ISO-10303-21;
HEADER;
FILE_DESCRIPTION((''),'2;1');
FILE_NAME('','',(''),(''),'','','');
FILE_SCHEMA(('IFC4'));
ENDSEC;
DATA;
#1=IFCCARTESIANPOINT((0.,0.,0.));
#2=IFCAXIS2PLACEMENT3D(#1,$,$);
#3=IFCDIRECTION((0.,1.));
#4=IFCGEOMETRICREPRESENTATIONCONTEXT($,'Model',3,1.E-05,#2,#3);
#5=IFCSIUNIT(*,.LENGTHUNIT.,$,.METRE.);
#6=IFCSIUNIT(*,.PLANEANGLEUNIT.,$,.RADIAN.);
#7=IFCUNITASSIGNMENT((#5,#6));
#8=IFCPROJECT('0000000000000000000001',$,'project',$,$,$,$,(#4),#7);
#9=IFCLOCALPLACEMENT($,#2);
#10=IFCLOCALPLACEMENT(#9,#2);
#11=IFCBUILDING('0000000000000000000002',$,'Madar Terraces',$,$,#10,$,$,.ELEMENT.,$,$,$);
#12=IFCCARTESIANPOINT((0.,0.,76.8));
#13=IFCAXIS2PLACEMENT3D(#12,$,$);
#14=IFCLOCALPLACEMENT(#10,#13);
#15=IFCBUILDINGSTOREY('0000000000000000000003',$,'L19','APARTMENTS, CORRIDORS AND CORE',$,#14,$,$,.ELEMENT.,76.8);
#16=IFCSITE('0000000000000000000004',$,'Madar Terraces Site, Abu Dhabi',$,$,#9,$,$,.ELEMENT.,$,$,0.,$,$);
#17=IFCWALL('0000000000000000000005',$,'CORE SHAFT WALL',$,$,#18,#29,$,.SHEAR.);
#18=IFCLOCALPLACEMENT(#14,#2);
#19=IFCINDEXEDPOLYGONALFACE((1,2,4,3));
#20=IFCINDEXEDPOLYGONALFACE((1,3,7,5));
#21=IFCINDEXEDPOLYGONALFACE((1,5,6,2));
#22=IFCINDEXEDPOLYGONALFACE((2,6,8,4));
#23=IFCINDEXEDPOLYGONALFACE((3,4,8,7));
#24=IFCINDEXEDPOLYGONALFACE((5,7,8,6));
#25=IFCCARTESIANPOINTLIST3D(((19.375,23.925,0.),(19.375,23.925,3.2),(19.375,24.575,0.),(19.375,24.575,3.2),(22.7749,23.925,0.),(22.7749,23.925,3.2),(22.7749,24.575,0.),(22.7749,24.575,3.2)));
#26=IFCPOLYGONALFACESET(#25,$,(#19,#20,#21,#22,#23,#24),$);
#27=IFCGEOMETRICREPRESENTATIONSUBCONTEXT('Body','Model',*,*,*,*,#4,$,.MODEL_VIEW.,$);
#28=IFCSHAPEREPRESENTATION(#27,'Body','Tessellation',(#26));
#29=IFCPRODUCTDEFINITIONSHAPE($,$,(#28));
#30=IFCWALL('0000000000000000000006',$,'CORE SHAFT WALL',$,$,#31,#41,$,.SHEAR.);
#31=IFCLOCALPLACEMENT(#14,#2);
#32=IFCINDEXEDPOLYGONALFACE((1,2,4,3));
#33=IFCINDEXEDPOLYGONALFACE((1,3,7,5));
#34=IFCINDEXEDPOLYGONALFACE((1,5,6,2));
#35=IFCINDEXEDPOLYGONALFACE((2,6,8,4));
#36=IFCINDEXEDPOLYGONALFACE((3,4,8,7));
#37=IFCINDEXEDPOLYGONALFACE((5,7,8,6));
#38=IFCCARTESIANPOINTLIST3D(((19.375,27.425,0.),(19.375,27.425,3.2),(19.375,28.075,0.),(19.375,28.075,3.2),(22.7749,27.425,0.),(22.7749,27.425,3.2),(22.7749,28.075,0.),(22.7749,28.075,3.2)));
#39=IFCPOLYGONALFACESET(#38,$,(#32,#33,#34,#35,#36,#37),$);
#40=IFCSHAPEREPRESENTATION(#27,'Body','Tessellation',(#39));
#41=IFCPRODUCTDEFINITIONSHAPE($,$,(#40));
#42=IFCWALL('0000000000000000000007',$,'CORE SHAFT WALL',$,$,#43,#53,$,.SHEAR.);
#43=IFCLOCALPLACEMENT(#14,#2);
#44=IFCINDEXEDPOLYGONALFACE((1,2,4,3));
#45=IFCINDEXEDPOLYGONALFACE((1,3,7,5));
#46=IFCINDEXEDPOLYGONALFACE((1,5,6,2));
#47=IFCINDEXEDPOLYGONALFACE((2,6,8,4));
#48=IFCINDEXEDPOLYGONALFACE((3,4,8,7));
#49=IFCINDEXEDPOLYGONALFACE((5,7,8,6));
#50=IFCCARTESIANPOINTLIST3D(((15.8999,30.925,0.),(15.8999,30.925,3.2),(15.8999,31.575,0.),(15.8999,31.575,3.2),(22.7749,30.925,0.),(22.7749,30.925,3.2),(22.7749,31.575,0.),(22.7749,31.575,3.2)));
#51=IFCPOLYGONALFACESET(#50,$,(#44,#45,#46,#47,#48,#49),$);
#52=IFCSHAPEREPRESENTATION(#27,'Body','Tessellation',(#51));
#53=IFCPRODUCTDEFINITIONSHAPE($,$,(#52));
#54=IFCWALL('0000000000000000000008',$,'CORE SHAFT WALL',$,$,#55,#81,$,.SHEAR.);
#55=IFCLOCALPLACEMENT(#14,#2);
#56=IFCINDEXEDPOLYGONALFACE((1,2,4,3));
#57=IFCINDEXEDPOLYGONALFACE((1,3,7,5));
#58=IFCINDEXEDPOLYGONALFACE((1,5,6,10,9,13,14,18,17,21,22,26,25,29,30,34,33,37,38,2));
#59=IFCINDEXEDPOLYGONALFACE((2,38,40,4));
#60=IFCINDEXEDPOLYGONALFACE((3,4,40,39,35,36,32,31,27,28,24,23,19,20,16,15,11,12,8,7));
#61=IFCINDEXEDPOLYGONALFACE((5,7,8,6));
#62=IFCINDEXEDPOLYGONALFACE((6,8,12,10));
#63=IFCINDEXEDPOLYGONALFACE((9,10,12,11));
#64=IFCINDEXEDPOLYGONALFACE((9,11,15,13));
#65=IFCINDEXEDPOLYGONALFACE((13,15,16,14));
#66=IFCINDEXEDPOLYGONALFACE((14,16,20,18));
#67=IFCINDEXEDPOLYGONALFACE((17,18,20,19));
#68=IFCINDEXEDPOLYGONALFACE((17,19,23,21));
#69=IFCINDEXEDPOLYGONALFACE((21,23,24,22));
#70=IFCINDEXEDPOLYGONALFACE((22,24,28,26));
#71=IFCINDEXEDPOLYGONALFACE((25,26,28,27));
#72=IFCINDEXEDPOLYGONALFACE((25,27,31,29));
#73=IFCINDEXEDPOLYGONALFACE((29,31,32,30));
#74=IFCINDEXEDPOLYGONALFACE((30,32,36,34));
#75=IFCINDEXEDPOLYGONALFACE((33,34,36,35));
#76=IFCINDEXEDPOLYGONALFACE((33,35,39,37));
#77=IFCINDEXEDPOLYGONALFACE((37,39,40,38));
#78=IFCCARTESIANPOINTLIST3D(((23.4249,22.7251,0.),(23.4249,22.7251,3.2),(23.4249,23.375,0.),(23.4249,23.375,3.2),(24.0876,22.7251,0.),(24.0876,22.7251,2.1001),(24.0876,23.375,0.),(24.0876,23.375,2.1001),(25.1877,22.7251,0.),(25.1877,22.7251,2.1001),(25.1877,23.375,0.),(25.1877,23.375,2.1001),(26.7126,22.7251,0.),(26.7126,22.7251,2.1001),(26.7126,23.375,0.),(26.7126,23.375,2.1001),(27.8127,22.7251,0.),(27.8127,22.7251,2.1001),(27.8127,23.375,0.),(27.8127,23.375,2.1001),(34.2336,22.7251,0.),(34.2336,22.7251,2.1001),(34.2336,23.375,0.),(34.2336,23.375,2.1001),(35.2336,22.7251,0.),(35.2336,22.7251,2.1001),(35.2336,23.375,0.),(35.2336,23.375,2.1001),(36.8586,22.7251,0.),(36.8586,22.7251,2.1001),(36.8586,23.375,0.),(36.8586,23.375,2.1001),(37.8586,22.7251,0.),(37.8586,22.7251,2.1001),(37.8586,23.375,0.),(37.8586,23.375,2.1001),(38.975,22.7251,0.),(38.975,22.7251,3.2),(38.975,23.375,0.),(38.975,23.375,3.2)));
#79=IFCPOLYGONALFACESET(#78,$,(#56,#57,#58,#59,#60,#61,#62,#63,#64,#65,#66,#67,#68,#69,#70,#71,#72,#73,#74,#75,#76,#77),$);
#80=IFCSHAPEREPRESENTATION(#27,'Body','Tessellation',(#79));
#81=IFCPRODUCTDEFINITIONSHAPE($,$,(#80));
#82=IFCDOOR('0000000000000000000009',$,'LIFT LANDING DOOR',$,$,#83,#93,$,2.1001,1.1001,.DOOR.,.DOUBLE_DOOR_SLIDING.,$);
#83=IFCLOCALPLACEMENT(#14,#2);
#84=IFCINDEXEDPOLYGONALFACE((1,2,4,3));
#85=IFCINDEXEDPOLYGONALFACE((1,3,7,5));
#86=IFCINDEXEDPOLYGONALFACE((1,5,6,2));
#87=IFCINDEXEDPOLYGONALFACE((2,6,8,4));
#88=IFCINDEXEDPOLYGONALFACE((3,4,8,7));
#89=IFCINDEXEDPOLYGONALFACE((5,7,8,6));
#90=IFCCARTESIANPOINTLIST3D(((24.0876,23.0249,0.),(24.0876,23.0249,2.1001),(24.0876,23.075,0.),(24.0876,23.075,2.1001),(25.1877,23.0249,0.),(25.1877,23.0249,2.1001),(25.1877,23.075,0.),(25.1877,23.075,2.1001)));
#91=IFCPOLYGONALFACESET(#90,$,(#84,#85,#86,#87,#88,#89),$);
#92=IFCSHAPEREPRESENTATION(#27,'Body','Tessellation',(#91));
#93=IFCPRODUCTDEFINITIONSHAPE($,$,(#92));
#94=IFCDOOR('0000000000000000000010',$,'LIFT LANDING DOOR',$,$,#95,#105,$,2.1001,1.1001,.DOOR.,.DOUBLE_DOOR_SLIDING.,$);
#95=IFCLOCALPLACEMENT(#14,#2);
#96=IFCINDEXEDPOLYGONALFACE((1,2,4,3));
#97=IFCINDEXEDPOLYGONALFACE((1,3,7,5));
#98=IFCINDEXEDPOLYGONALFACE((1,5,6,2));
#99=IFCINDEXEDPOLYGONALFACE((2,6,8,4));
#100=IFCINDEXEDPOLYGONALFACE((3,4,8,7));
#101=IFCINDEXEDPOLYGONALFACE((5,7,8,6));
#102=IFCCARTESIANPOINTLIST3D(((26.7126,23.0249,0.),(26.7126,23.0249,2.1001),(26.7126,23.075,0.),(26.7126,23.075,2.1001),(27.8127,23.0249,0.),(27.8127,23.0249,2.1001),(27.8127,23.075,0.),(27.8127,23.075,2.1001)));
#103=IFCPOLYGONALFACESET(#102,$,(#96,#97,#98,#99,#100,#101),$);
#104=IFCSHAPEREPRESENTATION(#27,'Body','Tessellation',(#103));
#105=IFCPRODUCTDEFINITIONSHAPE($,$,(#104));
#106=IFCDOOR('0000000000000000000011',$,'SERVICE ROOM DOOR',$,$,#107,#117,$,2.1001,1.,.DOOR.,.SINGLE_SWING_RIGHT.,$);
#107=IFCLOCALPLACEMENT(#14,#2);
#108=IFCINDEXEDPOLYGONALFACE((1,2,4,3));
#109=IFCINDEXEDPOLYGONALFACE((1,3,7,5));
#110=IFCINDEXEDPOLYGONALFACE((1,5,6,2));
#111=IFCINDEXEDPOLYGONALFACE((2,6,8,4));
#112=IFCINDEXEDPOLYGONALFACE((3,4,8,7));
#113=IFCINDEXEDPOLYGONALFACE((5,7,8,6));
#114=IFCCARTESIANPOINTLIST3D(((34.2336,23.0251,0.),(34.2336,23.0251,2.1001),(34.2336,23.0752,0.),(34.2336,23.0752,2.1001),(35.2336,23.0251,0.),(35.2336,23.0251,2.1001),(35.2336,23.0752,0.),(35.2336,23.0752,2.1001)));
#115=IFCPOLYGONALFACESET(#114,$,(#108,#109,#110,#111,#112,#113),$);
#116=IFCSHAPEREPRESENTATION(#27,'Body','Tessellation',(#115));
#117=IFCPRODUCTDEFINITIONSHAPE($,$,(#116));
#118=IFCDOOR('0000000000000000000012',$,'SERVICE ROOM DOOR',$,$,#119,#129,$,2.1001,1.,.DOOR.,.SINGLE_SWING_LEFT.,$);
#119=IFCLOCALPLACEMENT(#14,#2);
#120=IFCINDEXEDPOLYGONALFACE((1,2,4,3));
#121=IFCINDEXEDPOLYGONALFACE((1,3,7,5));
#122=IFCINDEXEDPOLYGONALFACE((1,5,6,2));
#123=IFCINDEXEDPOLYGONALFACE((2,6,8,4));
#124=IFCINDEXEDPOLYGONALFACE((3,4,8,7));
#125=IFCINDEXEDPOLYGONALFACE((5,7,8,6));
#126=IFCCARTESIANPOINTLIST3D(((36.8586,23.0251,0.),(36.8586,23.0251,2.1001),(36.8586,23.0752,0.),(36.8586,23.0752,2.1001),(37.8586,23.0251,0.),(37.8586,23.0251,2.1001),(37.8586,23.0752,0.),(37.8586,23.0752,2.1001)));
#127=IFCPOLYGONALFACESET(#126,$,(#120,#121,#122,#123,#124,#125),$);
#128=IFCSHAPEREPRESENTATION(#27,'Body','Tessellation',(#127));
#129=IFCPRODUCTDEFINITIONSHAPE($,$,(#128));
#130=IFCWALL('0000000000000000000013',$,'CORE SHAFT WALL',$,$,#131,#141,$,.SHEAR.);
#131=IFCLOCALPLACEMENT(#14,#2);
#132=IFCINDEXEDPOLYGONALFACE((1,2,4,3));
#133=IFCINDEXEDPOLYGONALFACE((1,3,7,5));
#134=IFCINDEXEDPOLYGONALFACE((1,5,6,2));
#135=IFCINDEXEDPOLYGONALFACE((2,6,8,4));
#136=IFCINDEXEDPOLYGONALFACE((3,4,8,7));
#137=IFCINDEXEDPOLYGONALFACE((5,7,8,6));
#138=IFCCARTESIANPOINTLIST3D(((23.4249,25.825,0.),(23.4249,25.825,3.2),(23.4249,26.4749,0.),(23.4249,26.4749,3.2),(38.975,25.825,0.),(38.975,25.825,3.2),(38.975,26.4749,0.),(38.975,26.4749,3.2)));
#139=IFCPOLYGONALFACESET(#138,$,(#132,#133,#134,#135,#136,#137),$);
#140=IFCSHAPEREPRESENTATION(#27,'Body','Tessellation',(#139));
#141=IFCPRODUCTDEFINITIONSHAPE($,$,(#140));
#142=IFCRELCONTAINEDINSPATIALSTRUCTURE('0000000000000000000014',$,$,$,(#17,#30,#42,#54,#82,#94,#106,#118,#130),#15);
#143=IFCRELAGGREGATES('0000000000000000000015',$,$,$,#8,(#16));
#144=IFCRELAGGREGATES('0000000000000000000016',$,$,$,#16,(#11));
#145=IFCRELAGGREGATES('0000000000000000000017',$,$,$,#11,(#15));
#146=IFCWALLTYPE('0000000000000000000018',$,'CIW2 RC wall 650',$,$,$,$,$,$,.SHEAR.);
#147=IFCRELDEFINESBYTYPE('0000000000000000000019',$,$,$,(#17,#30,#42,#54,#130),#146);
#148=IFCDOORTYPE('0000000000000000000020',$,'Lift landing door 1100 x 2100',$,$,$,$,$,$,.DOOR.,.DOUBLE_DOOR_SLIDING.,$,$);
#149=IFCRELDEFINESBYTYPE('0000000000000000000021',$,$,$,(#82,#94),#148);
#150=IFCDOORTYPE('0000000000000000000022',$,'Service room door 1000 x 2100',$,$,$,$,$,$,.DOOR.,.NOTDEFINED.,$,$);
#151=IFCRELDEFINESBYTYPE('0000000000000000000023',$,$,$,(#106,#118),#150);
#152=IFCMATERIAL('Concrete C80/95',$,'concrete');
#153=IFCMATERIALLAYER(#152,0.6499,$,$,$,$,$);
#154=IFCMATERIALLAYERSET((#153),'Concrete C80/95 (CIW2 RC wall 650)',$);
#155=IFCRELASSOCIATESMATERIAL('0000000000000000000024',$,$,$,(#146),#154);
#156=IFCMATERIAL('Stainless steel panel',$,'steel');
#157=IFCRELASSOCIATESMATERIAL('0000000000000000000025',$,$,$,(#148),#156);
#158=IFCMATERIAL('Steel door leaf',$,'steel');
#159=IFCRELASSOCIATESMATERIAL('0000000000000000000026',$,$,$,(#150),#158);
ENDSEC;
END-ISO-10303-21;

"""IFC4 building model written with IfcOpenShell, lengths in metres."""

from ifc_helpers import new_model, si_unit, direction, frame, frame_2d, origin, place, context, subcontext, project, spatial, rectangle, extrude, material, layer, layer_set, type_object, element, fill, save


model = new_model("IFC4")

# Units and contexts
model_context = context("Model", 3, precision=1e-05, world=origin(), true_north=direction((0.0, 1.0)))
body_context = subcontext(model_context, "Body", "Model", "MODEL_VIEW")
ifc_project = project(units=[si_unit("LENGTHUNIT", "METRE"), si_unit("PLANEANGLEUNIT", "RADIAN")], contexts=[model_context])

# Site, building, storey
site_placement = place(None, origin())
site = spatial("IfcSite", under=ifc_project, at=site_placement, Name="Madar Terraces Site, Abu Dhabi", CompositionType="ELEMENT", RefElevation=0.0)
building_placement = place(site_placement, origin())
building = spatial("IfcBuilding", under=site, at=building_placement, Name="Madar Terraces", CompositionType="ELEMENT")
storey_placement = place(building_placement, frame((0.0, 0.0, 76.8)))
storey = spatial("IfcBuildingStorey", under=building, at=storey_placement, Name="L19", Description="APARTMENTS, CORRIDORS AND CORE", CompositionType="ELEMENT", Elevation=76.8)

# Walls
ifc_material_1 = material(Name="Concrete C80/95", Category="concrete")
ifc_layer_1 = layer(ifc_material_1, 0.6499)
ifc_layer_set_1 = layer_set([ifc_layer_1], Name="Concrete C80/95 (CIW2 RC wall 650)")
wall_type_1 = type_object("IfcWallType", Name="CIW2 RC wall 650", PredefinedType="SHEAR", material=ifc_layer_set_1)
for number, where, z_axis, x_axis, name in (
    (1, (19.375, 24.25, 0.0), (0.0, 0.0, 1.0), (1.0, 0.0, 0.0), "CORE SHAFT WALL"),
    (2, (19.375, 27.75, 0.0), (0.0, 0.0, 1.0), (1.0, 0.0, 0.0), "CORE SHAFT WALL"),
):
    element("IfcWall", number, at=place(storey_placement, frame(where, z_axis=z_axis, x_axis=x_axis)), inside=storey, type_object=wall_type_1, Name=name, PredefinedType="SHEAR", context=body_context, shape_type="SweptSolid", body=[
        extrude(rectangle(XDim=3.3999, YDim=0.6499, at=frame_2d((1.7, 0.0))), origin(), (0.0, 0.0, 1.0), 3.2),
    ])
wall_1_placement = place(storey_placement, frame((15.8999, 31.25, 0.0), z_axis=(0.0, 0.0, 1.0), x_axis=(1.0, 0.0, 0.0)))
element("IfcWall", 3, at=wall_1_placement, inside=storey, type_object=wall_type_1, Name="CORE SHAFT WALL", PredefinedType="SHEAR", context=body_context, shape_type="SweptSolid", body=[
    extrude(rectangle(XDim=6.875, YDim=0.6499, at=frame_2d((3.4375, 0.0))), origin(), (0.0, 0.0, 1.0), 3.2),
])

# Wall, openings, doors
wall_2_placement = place(storey_placement, frame((23.425, 23.05, 0.0), z_axis=(0.0, 0.0, 1.0), x_axis=(1.0, 0.0, 0.0)))
wall_2 = element("IfcWall", 4, at=wall_2_placement, inside=storey, type_object=wall_type_1, Name="CORE SHAFT WALL", PredefinedType="SHEAR", context=body_context, shape_type="SweptSolid", body=[
    extrude(rectangle(XDim=15.55, YDim=0.6499, at=frame_2d((7.7749, 0.0))), origin(), (0.0, 0.0, 1.0), 3.2),
])
opening_1_placement = place(wall_2_placement, frame((0.6626, 0.0, 0.0)))
opening_1 = element("IfcOpeningElement", 5, at=opening_1_placement, cuts=wall_2, PredefinedType="OPENING", context=body_context, shape_type="SweptSolid", body=[
    extrude(rectangle(XDim=1.1001, YDim=2.1001, at=frame_2d((0.55, 1.05))), frame((0.0, 0.335, 0.0), z_axis=(0.0, -1.0, 0.0), x_axis=(1.0, 0.0, 0.0)), (0.0, 0.0, 1.0), 0.6699),
])
opening_2_placement = place(wall_2_placement, frame((3.2876, 0.0, 0.0)))
opening_2 = element("IfcOpeningElement", 6, at=opening_2_placement, cuts=wall_2, PredefinedType="OPENING", context=body_context, shape_type="SweptSolid", body=[
    extrude(rectangle(XDim=1.1001, YDim=2.1001, at=frame_2d((0.55, 1.05))), frame((0.0, 0.335, 0.0), z_axis=(0.0, -1.0, 0.0), x_axis=(1.0, 0.0, 0.0)), (0.0, 0.0, 1.0), 0.6699),
])
opening_3_placement = place(wall_2_placement, frame((10.8086, 0.0, 0.0)))
opening_3 = element("IfcOpeningElement", 7, at=opening_3_placement, cuts=wall_2, PredefinedType="OPENING", context=body_context, shape_type="SweptSolid", body=[
    extrude(rectangle(XDim=1.0, YDim=2.1001, at=frame_2d((0.5, 1.05))), frame((0.0, 0.335, 0.0), z_axis=(0.0, -1.0, 0.0), x_axis=(1.0, 0.0, 0.0)), (0.0, 0.0, 1.0), 0.6699),
])
opening_4_placement = place(wall_2_placement, frame((13.4336, 0.0, 0.0)))
opening_4 = element("IfcOpeningElement", 8, at=opening_4_placement, cuts=wall_2, PredefinedType="OPENING", context=body_context, shape_type="SweptSolid", body=[
    extrude(rectangle(XDim=1.0, YDim=2.1001, at=frame_2d((0.5, 1.05))), frame((0.0, 0.335, 0.0), z_axis=(0.0, -1.0, 0.0), x_axis=(1.0, 0.0, 0.0)), (0.0, 0.0, 1.0), 0.6699),
])
ifc_material_2 = material(Name="Stainless steel panel", Category="steel")
door_type_1 = type_object("IfcDoorType", Name="Lift landing door 1100 x 2100", OperationType="DOUBLE_DOOR_SLIDING", PredefinedType="DOOR", material=ifc_material_2)
door_1_placement = place(opening_1_placement, origin())
door_1 = element("IfcDoor", 9, at=door_1_placement, inside=storey, type_object=door_type_1, Name="LIFT LANDING DOOR", OperationType="DOUBLE_DOOR_SLIDING", OverallHeight=2.1001, OverallWidth=1.1001, PredefinedType="DOOR", context=body_context, shape_type="SweptSolid", body=[
    extrude(rectangle(XDim=1.1001, YDim=2.1001, at=frame_2d((0.55, 1.05))), frame((0.0, 0.0249, 0.0), z_axis=(0.0, -1.0, 0.0), x_axis=(1.0, 0.0, 0.0)), (0.0, 0.0, 1.0), 0.05),
])
fill(opening_1, door_1)
door_2_placement = place(opening_2_placement, origin())
door_2 = element("IfcDoor", 10, at=door_2_placement, inside=storey, type_object=door_type_1, Name="LIFT LANDING DOOR", OperationType="DOUBLE_DOOR_SLIDING", OverallHeight=2.1001, OverallWidth=1.1001, PredefinedType="DOOR", context=body_context, shape_type="SweptSolid", body=[
    extrude(rectangle(XDim=1.1001, YDim=2.1001, at=frame_2d((0.55, 1.05))), frame((0.0, 0.0249, 0.0), z_axis=(0.0, -1.0, 0.0), x_axis=(1.0, 0.0, 0.0)), (0.0, 0.0, 1.0), 0.05),
])
fill(opening_2, door_2)
ifc_material_3 = material(Name="Steel door leaf", Category="steel")
door_type_2 = type_object("IfcDoorType", Name="Service room door 1000 x 2100", OperationType="NOTDEFINED", PredefinedType="DOOR", material=ifc_material_3)
door_3_placement = place(opening_3_placement, frame((1.0, 0.0, 0.0), z_axis=(0.0, 0.0, 1.0), x_axis=(-1.0, 0.0, 0.0)))
door_3 = element("IfcDoor", 11, at=door_3_placement, inside=storey, type_object=door_type_2, Name="SERVICE ROOM DOOR", OperationType="SINGLE_SWING_RIGHT", OverallHeight=2.1001, OverallWidth=1.0, PredefinedType="DOOR", context=body_context, shape_type="SweptSolid", body=[
    extrude(rectangle(XDim=1.0, YDim=2.1001, at=frame_2d((0.5, 1.05))), frame((0.0, 0.0249, 0.0), z_axis=(0.0, -1.0, 0.0), x_axis=(1.0, 0.0, 0.0)), (0.0, 0.0, 1.0), 0.05),
])
fill(opening_3, door_3)
door_4_placement = place(opening_4_placement, frame((1.0, 0.0, 0.0), z_axis=(0.0, 0.0, 1.0), x_axis=(-1.0, 0.0, 0.0)))
door_4 = element("IfcDoor", 12, at=door_4_placement, inside=storey, type_object=door_type_2, Name="SERVICE ROOM DOOR", OperationType="SINGLE_SWING_LEFT", OverallHeight=2.1001, OverallWidth=1.0, PredefinedType="DOOR", context=body_context, shape_type="SweptSolid", body=[
    extrude(rectangle(XDim=1.0, YDim=2.1001, at=frame_2d((0.5, 1.05))), frame((0.0, 0.0249, 0.0), z_axis=(0.0, -1.0, 0.0), x_axis=(1.0, 0.0, 0.0)), (0.0, 0.0, 1.0), 0.05),
])
fill(opening_4, door_4)

# Wall
wall_3_placement = place(storey_placement, frame((23.425, 26.1499, 0.0), z_axis=(0.0, 0.0, 1.0), x_axis=(1.0, 0.0, 0.0)))
element("IfcWall", 13, at=wall_3_placement, inside=storey, type_object=wall_type_1, Name="CORE SHAFT WALL", PredefinedType="SHEAR", context=body_context, shape_type="SweptSolid", body=[
    extrude(rectangle(XDim=15.55, YDim=0.6499, at=frame_2d((7.7749, 0.0))), origin(), (0.0, 0.0, 1.0), 3.2),
])

save(model, "model.ifc")
